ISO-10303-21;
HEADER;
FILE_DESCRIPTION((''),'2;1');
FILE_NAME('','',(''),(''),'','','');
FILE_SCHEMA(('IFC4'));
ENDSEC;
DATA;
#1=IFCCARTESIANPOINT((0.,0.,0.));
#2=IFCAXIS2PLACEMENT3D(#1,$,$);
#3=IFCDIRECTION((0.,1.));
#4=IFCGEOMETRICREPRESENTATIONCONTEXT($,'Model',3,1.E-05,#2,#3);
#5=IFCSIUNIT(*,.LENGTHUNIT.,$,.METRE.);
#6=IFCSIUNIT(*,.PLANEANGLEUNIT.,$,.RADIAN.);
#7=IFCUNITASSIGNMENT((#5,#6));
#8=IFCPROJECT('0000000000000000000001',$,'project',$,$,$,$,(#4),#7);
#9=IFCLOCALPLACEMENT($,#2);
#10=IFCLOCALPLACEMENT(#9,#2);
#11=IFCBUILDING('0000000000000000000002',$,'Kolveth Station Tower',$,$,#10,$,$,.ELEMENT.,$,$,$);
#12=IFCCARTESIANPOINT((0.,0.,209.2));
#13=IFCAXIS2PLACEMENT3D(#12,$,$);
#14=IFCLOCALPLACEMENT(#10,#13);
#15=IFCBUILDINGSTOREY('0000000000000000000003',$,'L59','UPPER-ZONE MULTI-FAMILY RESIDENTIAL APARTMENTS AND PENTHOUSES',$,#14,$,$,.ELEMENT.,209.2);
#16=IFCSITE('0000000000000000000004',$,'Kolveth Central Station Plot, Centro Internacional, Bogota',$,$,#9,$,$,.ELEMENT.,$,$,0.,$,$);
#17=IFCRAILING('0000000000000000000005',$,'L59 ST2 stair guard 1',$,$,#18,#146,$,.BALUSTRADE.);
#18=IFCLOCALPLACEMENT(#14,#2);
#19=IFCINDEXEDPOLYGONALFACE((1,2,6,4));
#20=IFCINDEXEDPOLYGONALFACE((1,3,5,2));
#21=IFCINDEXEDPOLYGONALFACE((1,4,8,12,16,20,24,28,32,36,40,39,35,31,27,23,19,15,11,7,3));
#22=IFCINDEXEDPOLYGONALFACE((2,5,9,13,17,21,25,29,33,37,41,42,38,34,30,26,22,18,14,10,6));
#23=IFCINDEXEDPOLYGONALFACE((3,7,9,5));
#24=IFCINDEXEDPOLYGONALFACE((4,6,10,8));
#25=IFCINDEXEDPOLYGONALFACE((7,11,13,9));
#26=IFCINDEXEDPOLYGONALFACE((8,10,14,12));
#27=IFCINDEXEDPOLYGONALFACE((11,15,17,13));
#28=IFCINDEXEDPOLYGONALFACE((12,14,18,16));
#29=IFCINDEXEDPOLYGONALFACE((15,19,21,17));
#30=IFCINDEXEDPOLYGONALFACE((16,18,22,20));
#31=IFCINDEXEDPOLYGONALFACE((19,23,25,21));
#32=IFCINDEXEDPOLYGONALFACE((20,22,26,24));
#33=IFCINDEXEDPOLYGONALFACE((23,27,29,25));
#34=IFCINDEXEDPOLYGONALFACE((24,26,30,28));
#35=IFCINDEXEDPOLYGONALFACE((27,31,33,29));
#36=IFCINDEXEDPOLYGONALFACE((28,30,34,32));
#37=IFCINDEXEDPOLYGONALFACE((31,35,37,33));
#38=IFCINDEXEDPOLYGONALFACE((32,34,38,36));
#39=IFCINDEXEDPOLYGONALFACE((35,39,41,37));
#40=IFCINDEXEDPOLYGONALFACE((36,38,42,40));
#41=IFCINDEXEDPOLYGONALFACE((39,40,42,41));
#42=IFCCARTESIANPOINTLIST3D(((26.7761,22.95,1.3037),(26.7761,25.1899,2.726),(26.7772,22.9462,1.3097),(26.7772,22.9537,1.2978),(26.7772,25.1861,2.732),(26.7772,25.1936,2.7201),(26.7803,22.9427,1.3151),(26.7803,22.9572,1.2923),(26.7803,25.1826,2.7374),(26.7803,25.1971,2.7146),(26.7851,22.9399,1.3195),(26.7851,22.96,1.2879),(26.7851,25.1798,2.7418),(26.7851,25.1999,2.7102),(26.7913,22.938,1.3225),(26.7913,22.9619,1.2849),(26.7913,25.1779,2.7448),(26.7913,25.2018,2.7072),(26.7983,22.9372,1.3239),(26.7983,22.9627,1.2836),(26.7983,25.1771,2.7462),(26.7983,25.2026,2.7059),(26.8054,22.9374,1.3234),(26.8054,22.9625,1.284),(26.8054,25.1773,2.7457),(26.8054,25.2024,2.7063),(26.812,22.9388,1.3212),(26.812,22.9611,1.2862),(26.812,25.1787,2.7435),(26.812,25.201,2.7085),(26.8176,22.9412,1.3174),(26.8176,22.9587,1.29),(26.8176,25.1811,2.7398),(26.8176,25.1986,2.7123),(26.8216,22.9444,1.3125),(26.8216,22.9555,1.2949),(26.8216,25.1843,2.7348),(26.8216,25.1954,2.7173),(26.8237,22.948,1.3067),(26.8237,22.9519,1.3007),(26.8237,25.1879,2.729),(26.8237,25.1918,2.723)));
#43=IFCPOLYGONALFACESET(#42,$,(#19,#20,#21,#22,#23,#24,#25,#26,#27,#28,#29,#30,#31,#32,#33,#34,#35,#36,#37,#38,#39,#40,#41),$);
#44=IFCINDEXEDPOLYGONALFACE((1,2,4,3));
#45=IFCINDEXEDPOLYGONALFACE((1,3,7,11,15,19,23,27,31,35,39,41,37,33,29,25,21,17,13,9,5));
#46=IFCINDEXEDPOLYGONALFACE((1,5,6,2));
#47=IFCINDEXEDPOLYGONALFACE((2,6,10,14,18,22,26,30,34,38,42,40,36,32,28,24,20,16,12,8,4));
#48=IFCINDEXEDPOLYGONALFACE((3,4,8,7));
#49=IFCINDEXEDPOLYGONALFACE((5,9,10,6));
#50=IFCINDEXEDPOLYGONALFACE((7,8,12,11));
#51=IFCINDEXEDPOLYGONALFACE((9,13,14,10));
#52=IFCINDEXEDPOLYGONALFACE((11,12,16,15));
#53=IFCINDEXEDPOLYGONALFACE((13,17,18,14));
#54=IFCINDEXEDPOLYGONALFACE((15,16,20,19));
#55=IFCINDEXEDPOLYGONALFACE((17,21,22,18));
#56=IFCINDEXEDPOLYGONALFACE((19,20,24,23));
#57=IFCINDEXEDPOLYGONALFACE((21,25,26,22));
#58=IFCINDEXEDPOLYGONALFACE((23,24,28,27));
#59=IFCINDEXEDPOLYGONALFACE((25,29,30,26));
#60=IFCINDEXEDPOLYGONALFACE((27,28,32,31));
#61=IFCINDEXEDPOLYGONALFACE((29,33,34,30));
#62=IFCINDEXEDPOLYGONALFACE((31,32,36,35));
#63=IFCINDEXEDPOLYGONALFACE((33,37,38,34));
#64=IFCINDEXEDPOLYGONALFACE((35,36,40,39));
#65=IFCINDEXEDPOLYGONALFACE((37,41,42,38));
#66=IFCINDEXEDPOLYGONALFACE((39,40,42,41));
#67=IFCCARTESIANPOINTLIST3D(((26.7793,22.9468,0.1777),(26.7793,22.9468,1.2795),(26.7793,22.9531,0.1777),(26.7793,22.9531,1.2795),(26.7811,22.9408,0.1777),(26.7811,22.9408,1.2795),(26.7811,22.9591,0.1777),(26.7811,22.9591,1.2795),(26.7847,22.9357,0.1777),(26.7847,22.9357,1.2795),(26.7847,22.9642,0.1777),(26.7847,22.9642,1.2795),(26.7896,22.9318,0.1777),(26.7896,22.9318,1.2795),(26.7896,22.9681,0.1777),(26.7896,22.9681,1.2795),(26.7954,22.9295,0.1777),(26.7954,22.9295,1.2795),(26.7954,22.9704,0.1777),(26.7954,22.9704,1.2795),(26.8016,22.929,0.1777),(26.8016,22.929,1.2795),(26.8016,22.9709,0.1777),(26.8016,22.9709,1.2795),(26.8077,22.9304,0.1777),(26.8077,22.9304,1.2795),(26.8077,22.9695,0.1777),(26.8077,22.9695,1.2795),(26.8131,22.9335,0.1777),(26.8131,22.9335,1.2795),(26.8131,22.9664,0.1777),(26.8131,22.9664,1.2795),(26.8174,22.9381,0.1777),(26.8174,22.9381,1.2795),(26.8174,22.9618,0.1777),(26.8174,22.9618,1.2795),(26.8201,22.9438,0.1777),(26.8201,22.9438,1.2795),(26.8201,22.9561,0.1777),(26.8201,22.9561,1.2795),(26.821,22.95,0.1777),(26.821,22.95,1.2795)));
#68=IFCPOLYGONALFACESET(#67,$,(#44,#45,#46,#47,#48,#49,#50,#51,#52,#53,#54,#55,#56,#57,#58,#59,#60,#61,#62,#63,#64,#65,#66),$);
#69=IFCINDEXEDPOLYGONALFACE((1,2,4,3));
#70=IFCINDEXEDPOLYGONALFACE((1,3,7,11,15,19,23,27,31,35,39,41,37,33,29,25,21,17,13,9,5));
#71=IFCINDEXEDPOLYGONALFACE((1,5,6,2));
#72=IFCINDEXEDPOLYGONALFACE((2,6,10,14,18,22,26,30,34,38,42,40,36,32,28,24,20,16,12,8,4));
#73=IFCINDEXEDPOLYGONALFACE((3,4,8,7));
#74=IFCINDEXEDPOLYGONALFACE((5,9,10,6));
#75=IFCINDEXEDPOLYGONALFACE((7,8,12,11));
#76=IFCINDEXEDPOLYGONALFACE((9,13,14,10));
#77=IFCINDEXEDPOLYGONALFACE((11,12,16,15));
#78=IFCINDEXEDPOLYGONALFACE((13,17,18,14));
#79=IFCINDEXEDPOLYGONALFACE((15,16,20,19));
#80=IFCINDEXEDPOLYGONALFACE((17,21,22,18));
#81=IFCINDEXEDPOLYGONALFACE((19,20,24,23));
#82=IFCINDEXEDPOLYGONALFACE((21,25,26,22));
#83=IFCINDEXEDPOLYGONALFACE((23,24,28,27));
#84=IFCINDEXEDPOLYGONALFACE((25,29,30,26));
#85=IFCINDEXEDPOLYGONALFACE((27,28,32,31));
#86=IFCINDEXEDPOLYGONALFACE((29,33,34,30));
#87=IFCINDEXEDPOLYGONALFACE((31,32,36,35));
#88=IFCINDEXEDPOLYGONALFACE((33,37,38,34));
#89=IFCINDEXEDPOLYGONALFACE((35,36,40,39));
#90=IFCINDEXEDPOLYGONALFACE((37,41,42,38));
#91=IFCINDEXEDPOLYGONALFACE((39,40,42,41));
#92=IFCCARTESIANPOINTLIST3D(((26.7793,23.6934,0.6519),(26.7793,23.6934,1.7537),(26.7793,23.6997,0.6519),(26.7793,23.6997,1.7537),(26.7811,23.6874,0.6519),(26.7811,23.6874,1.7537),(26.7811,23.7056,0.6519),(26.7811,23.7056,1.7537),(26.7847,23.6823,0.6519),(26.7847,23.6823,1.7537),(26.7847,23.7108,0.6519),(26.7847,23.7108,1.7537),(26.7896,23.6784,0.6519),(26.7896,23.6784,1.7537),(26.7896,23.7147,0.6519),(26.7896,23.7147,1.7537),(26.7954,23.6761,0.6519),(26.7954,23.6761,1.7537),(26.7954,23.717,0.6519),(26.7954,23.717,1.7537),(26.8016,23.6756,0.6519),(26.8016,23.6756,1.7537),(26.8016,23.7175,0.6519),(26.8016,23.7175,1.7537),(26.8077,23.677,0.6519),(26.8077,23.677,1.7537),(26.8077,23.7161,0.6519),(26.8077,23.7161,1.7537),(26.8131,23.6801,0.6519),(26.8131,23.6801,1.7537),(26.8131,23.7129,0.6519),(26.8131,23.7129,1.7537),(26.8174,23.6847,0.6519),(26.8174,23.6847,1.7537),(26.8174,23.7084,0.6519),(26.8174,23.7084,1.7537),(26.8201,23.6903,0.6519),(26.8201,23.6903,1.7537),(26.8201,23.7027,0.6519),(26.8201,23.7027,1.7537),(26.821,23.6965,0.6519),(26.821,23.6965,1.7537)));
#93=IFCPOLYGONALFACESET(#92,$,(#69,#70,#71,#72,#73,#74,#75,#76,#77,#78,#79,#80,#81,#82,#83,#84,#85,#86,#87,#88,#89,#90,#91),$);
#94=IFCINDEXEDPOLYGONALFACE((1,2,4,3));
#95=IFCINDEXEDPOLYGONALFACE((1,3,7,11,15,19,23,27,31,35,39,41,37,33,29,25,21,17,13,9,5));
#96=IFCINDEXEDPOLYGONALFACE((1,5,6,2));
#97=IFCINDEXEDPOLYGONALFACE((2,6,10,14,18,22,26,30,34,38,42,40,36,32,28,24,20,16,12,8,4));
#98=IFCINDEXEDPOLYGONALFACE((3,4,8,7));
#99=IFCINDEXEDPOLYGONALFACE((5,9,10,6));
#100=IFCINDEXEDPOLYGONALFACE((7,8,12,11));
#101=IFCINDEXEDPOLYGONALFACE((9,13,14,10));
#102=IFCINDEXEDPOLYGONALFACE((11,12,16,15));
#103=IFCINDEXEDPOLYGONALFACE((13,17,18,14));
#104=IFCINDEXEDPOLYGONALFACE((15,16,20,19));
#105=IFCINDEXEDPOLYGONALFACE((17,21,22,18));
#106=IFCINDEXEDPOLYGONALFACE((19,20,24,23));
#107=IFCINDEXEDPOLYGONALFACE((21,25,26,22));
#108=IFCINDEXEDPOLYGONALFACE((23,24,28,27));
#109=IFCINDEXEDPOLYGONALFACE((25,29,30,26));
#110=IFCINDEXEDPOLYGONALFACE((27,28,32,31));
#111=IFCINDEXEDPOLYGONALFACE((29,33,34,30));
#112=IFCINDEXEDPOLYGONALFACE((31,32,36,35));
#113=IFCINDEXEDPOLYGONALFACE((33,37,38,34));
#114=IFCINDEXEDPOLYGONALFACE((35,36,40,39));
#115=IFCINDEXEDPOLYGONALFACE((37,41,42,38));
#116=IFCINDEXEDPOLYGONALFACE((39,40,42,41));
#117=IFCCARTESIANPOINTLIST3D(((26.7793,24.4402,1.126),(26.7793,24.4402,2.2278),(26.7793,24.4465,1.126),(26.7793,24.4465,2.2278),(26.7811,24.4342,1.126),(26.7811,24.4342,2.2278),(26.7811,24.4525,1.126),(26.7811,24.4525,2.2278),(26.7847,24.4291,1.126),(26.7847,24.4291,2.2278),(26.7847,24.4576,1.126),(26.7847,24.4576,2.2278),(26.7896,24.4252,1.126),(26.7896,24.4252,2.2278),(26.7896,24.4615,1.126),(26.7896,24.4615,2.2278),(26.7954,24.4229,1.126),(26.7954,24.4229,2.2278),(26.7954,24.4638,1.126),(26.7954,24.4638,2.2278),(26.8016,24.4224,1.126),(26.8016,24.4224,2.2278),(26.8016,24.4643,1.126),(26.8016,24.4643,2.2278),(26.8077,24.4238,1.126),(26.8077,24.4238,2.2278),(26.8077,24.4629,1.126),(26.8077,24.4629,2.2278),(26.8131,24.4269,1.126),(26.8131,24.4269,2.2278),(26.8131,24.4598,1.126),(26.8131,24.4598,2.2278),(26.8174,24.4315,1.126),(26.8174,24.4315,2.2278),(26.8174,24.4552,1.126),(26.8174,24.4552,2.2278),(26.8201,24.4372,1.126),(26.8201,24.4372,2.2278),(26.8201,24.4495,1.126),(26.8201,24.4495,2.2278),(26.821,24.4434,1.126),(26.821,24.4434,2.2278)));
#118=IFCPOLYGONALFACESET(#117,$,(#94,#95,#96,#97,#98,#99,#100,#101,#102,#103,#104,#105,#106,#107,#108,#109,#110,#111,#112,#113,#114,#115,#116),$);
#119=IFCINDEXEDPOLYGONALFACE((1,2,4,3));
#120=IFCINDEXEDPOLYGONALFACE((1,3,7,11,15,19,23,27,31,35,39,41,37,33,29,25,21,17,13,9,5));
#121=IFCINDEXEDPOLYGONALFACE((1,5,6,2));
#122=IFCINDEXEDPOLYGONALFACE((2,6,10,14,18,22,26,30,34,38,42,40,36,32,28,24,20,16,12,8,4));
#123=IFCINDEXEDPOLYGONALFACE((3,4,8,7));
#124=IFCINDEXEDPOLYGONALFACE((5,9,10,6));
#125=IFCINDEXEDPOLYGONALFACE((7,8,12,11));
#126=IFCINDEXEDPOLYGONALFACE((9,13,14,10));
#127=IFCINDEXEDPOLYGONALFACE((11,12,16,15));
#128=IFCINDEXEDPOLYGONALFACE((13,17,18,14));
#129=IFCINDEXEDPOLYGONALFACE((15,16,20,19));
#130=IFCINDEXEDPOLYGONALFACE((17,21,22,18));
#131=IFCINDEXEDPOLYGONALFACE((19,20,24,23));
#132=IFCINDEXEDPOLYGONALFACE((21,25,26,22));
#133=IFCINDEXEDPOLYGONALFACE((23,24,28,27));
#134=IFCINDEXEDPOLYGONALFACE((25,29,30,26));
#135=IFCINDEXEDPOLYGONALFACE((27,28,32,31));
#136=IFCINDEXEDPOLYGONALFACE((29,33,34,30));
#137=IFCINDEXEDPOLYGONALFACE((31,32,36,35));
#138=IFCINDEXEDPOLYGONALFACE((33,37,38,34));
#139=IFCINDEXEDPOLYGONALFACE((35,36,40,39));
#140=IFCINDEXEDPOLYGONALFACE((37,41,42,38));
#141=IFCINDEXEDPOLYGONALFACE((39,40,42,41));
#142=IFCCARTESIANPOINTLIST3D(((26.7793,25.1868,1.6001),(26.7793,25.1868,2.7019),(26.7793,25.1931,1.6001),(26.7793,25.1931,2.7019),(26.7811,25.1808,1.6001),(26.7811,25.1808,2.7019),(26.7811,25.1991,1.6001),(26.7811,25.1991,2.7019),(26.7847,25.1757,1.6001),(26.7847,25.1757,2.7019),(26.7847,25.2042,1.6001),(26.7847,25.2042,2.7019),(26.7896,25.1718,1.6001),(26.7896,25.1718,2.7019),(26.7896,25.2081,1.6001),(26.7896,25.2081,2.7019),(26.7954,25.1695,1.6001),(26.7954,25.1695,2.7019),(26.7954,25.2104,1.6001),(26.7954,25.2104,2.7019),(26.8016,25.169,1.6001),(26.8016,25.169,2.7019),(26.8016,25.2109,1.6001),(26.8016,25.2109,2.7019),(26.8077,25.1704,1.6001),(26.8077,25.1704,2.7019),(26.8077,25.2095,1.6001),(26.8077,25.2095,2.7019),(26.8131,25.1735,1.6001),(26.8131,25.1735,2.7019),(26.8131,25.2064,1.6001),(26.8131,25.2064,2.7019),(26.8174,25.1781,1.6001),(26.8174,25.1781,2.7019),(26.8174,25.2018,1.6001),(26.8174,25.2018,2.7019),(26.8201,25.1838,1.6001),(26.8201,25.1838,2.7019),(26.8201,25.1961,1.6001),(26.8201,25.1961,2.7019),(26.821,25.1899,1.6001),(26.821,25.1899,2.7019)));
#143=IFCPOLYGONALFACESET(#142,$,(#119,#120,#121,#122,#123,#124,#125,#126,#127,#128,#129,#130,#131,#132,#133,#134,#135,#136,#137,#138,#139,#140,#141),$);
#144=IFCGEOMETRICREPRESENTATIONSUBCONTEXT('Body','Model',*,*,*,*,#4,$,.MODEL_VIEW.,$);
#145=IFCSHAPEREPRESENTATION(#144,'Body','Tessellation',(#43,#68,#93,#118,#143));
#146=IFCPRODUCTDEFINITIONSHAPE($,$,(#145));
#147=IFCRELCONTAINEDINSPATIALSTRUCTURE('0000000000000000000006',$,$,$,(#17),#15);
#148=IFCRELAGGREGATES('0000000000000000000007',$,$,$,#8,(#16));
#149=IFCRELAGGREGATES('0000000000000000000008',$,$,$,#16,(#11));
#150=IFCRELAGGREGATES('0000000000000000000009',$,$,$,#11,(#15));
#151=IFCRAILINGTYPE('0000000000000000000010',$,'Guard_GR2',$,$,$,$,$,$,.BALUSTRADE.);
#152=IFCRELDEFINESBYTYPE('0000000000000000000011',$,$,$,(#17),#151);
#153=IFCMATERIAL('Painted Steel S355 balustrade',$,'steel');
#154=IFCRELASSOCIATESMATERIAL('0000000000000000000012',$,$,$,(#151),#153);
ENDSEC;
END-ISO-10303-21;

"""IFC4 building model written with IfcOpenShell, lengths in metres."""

from ifc_helpers import new_model, si_unit, direction, frame, origin, origin_2d, place, context, subcontext, project, spatial, circle, extrude, material, type_object, element, save


model = new_model("IFC4")

# Units and contexts
model_context = context("Model", 3, precision=1e-05, world=origin(), true_north=direction((0.0, 1.0)))
body_context = subcontext(model_context, "Body", "Model", "MODEL_VIEW")
ifc_project = project(units=[si_unit("LENGTHUNIT", "METRE"), si_unit("PLANEANGLEUNIT", "RADIAN")], contexts=[model_context])

# Site, building, storey
site_placement = place(None, origin())
site = spatial("IfcSite", under=ifc_project, at=site_placement, Name="Kolveth Central Station Plot, Centro Internacional, Bogota", CompositionType="ELEMENT", RefElevation=0.0)
building_placement = place(site_placement, origin())
building = spatial("IfcBuilding", under=site, at=building_placement, Name="Kolveth Station Tower", CompositionType="ELEMENT")
storey_placement = place(building_placement, frame((0.0, 0.0, 209.2)))
storey = spatial("IfcBuildingStorey", under=building, at=storey_placement, Name="L59", Description="UPPER-ZONE MULTI-FAMILY RESIDENTIAL APARTMENTS AND PENTHOUSES", CompositionType="ELEMENT", Elevation=209.2)

# Railing
ifc_material_1 = material(Name="Painted Steel S355 balustrade", Category="steel")
railing_type_1 = type_object("IfcRailingType", Name="Guard_GR2", PredefinedType="BALUSTRADE", material=ifc_material_1)
railing_1_placement = place(storey_placement, frame((26.8, 22.95, 0.1777)))
element("IfcRailing", 1, at=railing_1_placement, inside=storey, type_object=railing_type_1, Name="L59 ST2 stair guard 1", PredefinedType="BALUSTRADE", context=body_context, shape_type="SweptSolid", body=[
    extrude(circle(Radius=0.0239, at=origin_2d()), frame((0.0, 0.0, 1.126), z_axis=(0.0, 0.844188, 0.536048), x_axis=(-1.0, 0.0, 0.0)), (0.0, 0.0, 1.0), 2.6533),
    extrude(circle(Radius=0.021, at=origin_2d()), origin(), (0.0, 0.0, 1.0), 1.1018),
    extrude(circle(Radius=0.021, at=origin_2d()), frame((0.0, 0.7466, 0.4741)), (0.0, 0.0, 1.0), 1.1018),
    extrude(circle(Radius=0.021, at=origin_2d()), frame((0.0, 1.4934, 0.9482)), (0.0, 0.0, 1.0), 1.1018),
    extrude(circle(Radius=0.021, at=origin_2d()), frame((0.0, 2.24, 1.4224)), (0.0, 0.0, 1.0), 1.1018),
])

save(model, "model.ifc")
